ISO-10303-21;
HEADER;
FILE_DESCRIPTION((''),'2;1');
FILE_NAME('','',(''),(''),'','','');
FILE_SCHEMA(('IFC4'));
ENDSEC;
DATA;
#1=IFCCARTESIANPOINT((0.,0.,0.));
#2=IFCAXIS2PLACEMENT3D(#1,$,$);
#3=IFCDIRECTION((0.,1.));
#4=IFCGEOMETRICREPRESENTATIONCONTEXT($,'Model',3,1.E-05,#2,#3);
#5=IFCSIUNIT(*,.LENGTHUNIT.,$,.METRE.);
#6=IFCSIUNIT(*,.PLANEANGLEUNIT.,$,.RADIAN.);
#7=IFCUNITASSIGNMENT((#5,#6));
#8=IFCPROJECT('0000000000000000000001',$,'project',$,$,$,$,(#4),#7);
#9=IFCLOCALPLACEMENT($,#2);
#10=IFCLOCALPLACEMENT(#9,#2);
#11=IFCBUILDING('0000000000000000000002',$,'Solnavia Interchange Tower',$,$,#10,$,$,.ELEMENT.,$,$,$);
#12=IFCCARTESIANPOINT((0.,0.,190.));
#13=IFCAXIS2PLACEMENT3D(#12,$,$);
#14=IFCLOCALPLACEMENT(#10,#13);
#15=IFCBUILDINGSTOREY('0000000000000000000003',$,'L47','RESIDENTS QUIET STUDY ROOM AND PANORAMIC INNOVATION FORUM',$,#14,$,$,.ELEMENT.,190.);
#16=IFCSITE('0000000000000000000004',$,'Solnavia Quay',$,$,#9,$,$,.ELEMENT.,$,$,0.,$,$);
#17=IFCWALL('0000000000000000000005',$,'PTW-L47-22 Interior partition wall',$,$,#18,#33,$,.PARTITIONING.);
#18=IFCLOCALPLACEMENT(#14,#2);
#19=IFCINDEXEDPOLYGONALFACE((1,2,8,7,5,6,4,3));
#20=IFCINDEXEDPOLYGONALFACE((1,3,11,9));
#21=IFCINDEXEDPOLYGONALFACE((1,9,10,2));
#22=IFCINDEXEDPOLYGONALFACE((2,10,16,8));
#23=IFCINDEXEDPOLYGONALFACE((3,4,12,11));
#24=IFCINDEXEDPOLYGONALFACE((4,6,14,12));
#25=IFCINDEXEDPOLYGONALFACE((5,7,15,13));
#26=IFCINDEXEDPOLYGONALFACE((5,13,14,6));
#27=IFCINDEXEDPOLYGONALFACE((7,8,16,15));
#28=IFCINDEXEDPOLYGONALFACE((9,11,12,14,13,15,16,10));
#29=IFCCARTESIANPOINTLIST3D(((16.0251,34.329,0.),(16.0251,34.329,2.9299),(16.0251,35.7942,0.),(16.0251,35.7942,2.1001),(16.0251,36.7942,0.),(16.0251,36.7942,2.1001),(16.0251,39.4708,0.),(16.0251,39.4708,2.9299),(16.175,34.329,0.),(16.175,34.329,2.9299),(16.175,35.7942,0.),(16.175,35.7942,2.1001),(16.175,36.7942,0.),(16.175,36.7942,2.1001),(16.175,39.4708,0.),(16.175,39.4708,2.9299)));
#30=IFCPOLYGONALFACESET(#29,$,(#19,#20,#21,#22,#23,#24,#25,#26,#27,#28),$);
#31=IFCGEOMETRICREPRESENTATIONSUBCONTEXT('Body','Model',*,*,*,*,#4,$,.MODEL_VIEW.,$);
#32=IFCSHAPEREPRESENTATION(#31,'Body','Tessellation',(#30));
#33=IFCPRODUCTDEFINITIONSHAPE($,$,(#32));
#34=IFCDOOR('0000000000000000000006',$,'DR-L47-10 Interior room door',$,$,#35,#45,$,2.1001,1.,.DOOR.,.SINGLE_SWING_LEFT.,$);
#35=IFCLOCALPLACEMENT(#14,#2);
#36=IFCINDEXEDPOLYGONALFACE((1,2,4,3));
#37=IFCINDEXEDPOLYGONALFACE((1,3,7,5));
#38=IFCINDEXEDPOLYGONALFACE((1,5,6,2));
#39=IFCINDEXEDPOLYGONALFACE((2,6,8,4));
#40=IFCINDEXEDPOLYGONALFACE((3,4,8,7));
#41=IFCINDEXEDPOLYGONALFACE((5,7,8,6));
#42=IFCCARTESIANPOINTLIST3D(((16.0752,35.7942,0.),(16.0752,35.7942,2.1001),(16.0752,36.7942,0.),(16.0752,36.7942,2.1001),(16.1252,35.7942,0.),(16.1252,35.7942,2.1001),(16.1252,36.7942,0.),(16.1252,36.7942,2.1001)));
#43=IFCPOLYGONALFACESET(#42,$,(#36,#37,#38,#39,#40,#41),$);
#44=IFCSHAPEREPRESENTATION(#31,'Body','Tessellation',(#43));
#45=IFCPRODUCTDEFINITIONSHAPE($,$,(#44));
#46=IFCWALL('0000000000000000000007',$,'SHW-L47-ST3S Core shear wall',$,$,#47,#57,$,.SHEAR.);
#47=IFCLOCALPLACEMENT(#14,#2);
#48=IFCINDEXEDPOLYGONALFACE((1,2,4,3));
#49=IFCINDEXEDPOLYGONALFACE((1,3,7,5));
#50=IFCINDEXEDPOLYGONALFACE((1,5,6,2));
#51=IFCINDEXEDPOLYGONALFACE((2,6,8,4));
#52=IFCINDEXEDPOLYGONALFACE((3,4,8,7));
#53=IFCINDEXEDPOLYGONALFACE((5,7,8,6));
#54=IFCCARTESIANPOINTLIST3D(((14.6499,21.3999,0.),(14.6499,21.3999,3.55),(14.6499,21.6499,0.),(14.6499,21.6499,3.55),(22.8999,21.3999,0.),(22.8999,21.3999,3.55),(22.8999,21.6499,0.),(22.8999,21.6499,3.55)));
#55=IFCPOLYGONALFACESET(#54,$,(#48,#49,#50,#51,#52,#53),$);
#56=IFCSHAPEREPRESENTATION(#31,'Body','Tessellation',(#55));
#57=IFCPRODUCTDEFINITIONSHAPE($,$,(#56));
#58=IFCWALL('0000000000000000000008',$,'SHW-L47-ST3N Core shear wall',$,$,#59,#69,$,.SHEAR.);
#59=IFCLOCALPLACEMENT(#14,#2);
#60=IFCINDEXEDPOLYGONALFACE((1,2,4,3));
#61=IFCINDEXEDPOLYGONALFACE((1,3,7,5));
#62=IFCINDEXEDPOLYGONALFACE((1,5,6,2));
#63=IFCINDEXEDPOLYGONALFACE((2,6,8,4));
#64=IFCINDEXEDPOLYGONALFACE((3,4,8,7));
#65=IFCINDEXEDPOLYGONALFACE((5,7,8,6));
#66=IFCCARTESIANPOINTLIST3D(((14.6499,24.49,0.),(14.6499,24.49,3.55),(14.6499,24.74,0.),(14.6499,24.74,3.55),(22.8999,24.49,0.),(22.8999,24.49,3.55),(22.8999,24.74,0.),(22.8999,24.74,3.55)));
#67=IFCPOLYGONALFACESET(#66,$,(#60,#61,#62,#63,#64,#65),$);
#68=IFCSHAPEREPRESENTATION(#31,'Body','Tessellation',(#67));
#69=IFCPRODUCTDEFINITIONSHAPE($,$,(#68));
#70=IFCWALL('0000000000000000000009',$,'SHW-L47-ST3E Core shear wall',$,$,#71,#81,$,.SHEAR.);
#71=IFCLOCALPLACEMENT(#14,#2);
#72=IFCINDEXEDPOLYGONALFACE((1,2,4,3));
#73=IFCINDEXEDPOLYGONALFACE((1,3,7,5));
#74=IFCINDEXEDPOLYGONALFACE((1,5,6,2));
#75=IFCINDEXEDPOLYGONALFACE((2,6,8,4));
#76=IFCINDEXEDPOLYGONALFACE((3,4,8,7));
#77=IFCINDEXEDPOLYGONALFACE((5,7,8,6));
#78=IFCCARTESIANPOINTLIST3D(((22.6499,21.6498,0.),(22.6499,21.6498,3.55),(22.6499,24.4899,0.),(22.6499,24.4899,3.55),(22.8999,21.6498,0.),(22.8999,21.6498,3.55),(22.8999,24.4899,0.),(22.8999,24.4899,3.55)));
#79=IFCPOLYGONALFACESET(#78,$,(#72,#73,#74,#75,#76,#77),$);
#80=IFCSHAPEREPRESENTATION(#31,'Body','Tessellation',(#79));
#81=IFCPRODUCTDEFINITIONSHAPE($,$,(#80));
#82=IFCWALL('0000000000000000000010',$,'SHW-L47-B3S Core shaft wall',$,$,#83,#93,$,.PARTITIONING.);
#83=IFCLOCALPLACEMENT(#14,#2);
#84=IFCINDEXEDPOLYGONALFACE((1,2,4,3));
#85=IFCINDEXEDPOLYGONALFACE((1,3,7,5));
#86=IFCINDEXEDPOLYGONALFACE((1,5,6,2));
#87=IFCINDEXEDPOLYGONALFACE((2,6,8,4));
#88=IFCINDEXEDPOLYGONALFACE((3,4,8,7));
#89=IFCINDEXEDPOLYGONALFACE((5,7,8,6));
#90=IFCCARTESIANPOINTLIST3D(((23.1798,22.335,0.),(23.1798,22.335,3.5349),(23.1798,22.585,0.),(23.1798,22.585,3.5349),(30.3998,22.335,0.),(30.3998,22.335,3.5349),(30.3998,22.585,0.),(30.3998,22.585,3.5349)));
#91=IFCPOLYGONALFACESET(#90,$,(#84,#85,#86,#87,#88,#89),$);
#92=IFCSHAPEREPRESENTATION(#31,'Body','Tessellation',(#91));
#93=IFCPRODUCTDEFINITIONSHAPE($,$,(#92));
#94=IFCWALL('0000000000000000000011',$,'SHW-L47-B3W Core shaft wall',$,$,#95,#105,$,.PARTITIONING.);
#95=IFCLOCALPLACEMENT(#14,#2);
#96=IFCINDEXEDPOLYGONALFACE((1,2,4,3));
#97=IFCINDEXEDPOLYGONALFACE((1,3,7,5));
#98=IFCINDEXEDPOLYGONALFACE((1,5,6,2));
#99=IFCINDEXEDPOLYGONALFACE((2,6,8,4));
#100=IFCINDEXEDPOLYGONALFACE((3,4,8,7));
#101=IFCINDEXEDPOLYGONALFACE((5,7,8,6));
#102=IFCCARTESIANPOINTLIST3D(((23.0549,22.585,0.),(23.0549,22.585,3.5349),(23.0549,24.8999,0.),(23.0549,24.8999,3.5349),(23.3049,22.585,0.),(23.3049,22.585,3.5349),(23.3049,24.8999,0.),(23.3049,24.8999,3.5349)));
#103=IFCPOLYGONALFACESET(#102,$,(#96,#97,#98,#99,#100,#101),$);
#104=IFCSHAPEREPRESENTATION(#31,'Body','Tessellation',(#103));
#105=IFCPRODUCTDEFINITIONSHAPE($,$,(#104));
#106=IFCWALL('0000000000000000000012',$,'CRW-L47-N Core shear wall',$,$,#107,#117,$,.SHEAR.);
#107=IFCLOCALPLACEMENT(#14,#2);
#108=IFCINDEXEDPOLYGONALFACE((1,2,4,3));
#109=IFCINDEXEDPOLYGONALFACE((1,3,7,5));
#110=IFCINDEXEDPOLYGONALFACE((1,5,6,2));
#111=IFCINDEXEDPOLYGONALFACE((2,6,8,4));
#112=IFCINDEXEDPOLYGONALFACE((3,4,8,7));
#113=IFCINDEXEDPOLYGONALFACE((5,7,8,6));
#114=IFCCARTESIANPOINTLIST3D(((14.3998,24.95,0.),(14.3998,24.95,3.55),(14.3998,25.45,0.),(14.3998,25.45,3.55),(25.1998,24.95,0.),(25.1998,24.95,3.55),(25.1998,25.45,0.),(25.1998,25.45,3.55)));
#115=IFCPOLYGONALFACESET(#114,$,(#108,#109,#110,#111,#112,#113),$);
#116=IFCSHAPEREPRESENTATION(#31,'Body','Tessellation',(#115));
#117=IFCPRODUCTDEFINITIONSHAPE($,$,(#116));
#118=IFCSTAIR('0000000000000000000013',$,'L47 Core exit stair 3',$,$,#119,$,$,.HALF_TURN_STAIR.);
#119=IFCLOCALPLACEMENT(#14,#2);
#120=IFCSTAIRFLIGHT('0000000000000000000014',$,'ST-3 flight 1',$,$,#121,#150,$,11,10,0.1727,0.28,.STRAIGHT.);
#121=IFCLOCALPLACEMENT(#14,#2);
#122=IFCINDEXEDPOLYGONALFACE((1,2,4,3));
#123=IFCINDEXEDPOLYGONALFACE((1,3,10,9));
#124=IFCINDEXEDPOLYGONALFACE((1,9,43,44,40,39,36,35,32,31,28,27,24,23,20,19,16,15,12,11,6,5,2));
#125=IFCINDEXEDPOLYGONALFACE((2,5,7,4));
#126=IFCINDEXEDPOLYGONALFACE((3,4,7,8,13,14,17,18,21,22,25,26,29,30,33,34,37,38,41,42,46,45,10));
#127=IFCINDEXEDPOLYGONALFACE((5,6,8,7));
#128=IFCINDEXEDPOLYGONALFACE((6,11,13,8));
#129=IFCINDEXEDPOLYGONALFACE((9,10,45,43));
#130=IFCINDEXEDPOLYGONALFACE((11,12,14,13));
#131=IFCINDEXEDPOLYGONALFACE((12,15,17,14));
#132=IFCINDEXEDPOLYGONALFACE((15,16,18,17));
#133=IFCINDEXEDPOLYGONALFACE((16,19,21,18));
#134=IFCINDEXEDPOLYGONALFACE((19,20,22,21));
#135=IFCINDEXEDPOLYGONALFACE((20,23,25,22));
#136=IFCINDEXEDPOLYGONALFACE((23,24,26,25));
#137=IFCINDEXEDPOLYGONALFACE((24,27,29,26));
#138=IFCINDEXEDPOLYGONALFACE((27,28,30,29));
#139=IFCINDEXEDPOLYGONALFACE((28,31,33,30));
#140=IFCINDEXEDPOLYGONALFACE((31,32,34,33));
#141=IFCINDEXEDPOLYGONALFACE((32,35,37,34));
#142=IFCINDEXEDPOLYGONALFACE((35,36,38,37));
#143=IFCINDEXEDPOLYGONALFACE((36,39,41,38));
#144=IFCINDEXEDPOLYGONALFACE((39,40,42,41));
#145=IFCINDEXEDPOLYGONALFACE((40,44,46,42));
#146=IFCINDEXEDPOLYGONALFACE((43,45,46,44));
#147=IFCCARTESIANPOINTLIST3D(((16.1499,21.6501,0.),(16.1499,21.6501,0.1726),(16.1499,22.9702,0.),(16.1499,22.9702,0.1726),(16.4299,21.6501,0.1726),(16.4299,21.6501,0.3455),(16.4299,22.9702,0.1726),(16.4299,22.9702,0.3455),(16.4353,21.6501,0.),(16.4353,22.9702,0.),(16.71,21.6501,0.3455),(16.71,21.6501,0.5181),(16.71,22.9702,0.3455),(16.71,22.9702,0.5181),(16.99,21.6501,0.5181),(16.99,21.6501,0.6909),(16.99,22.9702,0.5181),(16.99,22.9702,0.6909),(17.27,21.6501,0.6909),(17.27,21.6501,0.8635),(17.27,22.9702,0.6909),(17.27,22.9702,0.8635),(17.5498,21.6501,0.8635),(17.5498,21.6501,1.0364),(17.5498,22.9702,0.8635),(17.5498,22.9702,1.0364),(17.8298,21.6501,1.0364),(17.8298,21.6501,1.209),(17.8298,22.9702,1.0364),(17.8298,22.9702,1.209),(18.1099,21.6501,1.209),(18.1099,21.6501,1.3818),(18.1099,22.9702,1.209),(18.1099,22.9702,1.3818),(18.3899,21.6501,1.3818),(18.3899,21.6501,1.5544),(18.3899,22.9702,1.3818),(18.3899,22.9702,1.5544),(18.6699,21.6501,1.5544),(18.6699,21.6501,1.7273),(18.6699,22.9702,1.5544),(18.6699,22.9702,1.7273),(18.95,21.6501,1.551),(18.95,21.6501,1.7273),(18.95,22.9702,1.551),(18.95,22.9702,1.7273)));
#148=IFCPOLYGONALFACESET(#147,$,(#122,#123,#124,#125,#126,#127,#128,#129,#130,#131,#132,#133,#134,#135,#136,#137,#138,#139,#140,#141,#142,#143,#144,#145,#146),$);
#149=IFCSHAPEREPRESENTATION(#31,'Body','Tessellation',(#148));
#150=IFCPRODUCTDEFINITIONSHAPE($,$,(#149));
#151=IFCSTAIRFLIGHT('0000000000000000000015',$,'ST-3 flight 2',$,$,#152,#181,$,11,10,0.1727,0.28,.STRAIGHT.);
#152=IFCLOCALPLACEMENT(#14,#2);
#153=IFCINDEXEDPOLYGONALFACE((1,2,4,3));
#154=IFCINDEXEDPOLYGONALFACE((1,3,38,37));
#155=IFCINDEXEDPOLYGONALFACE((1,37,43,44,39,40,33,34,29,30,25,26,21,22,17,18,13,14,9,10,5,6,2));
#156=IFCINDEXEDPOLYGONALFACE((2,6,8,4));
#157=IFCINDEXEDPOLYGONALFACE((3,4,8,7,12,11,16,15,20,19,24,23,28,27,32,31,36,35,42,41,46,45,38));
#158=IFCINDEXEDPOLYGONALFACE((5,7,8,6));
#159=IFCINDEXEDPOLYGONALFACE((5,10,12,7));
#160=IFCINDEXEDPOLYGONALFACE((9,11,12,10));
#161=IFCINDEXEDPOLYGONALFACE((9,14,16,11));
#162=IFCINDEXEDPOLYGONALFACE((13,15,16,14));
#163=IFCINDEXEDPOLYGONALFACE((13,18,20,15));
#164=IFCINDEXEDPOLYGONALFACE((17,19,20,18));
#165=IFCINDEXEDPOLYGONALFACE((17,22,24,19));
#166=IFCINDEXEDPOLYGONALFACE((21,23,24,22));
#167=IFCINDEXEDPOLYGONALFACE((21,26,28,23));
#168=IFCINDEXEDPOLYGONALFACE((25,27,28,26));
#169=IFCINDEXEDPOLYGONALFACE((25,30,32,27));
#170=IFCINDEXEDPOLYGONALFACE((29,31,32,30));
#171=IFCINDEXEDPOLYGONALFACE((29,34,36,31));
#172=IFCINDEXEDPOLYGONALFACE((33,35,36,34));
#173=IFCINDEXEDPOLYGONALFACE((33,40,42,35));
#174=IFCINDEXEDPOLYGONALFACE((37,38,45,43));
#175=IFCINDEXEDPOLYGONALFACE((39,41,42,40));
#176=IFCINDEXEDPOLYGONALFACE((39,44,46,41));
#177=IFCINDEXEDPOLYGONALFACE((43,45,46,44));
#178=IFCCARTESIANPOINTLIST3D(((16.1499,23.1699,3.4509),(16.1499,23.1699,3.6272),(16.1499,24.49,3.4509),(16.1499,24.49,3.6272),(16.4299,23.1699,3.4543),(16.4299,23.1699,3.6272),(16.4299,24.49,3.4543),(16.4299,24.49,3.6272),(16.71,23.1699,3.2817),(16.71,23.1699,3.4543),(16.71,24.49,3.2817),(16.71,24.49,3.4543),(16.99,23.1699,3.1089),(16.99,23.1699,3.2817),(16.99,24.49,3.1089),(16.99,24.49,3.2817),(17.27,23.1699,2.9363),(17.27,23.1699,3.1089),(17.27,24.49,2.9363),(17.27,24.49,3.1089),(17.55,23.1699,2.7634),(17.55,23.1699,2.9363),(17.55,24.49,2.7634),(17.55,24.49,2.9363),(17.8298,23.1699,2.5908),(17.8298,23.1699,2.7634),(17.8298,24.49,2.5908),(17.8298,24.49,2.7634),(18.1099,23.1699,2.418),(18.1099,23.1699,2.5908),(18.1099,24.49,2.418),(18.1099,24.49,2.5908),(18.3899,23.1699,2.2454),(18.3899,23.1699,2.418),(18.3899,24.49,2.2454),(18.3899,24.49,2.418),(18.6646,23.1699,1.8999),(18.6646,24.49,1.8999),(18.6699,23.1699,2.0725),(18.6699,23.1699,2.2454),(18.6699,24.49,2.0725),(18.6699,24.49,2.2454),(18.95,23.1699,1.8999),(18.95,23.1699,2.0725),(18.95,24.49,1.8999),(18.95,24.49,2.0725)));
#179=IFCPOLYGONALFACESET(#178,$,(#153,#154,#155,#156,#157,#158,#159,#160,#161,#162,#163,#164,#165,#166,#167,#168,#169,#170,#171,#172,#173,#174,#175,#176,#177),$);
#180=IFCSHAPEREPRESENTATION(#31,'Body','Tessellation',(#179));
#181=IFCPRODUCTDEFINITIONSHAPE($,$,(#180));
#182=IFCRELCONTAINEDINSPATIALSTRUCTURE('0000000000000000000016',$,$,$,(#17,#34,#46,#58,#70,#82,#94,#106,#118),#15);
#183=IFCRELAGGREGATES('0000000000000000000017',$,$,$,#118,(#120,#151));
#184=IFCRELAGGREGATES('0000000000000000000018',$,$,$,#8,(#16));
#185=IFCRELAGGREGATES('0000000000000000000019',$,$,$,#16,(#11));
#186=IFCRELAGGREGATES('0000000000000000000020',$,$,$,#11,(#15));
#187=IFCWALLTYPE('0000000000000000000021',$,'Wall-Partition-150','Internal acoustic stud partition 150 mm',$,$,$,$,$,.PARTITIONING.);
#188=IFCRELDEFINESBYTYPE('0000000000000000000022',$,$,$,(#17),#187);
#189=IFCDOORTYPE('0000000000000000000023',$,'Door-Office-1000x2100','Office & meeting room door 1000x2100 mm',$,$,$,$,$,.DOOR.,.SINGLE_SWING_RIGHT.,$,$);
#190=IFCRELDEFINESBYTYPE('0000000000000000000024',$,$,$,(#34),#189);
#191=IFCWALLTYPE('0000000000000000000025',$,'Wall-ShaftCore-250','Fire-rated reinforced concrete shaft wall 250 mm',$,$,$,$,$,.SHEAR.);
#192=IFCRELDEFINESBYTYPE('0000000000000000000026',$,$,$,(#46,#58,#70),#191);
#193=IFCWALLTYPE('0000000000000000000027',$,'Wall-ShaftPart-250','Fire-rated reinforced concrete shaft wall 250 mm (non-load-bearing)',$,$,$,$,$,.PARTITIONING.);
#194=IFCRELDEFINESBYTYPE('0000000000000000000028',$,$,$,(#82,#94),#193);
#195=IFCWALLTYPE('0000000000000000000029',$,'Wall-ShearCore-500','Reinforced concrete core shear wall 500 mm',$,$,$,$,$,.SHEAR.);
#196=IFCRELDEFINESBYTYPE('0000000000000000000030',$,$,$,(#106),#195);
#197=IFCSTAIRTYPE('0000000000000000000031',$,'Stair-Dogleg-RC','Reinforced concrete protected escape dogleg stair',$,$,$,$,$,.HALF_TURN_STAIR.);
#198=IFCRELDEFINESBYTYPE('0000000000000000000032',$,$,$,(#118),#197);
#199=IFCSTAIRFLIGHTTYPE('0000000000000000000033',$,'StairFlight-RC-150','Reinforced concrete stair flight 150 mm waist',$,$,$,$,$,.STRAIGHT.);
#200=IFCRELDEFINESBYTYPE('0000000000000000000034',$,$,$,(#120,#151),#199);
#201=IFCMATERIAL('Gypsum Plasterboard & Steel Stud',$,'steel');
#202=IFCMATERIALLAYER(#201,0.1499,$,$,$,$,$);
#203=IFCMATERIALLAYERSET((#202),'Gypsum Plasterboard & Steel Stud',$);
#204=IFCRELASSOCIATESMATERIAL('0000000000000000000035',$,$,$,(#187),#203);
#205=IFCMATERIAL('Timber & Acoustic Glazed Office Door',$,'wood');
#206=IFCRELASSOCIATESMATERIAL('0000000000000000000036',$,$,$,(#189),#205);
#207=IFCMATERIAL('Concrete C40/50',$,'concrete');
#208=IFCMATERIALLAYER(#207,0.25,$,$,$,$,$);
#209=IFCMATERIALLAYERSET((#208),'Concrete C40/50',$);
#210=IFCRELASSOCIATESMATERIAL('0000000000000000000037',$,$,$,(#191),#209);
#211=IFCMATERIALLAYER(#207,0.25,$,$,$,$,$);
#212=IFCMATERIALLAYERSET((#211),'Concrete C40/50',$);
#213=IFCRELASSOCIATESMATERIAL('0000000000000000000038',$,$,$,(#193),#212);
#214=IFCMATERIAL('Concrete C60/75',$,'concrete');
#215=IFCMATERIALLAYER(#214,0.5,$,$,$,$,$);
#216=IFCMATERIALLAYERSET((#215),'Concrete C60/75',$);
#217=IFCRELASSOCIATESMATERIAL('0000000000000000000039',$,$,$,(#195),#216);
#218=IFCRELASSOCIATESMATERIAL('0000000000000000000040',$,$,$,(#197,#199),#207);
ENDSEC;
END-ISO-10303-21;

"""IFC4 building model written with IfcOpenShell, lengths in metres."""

from ifc_helpers import new_model, si_unit, direction, frame, frame_2d, origin, place, context, subcontext, project, spatial, polyline, rectangle, outline, extrude, material, layer, layer_set, type_object, element, fill, aggregate, save


model = new_model("IFC4")

# Units and contexts
model_context = context("Model", 3, precision=1e-05, world=origin(), true_north=direction((0.0, 1.0)))
body_context = subcontext(model_context, "Body", "Model", "MODEL_VIEW")
ifc_project = project(units=[si_unit("LENGTHUNIT", "METRE"), si_unit("PLANEANGLEUNIT", "RADIAN")], contexts=[model_context])

# Site, building, storey
site_placement = place(None, origin())
site = spatial("IfcSite", under=ifc_project, at=site_placement, Name="Solnavia Quay", CompositionType="ELEMENT", RefElevation=0.0)
building_placement = place(site_placement, origin())
building = spatial("IfcBuilding", under=site, at=building_placement, Name="Solnavia Interchange Tower", CompositionType="ELEMENT")
storey_placement = place(building_placement, frame((0.0, 0.0, 190.0)))
storey = spatial("IfcBuildingStorey", under=building, at=storey_placement, Name="L47", Description="RESIDENTS QUIET STUDY ROOM AND PANORAMIC INNOVATION FORUM", CompositionType="ELEMENT", Elevation=190.0)

# Shared definitions
ifc_material_1 = material(Name="Concrete C40/50", Category="concrete")

# Shared definitions
ifc_material_2 = material(Name="Gypsum Plasterboard & Steel Stud", Category="steel")
ifc_layer_1 = layer(ifc_material_2, 0.1499)
ifc_layer_set_1 = layer_set([ifc_layer_1], Name="Gypsum Plasterboard & Steel Stud")
wall_type_1 = type_object("IfcWallType", Name="Wall-Partition-150", Description="Internal acoustic stud partition 150 mm", PredefinedType="PARTITIONING", material=ifc_layer_set_1)

# Wall, opening, door
ifc_material_3 = material(Name="Timber & Acoustic Glazed Office Door", Category="wood")
door_type = type_object("IfcDoorType", Name="Door-Office-1000x2100", Description="Office & meeting room door 1000x2100 mm", OperationType="SINGLE_SWING_RIGHT", PredefinedType="DOOR", material=ifc_material_3)
wall_1_placement = place(storey_placement, frame((16.1001, 34.3291, 0.0), z_axis=(0.0, 0.0, 1.0), x_axis=(0.0, 1.0, 0.0)))
wall_1 = element("IfcWall", 1, at=wall_1_placement, inside=storey, type_object=wall_type_1, Name="PTW-L47-22 Interior partition wall", PredefinedType="PARTITIONING", context=body_context, shape_type="SweptSolid", body=[
    extrude(rectangle(XDim=5.1418, YDim=0.1499, at=frame_2d((2.5708, 0.0))), origin(), (0.0, 0.0, 1.0), 2.9299),
])
opening_1_placement = place(wall_1_placement, frame((1.4651, 0.0, 0.0)))
opening_1 = element("IfcOpeningElement", 2, at=opening_1_placement, cuts=wall_1, PredefinedType="OPENING", context=body_context, shape_type="SweptSolid", body=[
    extrude(rectangle(XDim=1.0, YDim=2.1001, at=frame_2d((0.5, 1.05))), frame((0.0, 0.085, 0.0), z_axis=(0.0, -1.0, 0.0), x_axis=(1.0, 0.0, 0.0)), (0.0, 0.0, 1.0), 0.1699),
])
door_1_placement = place(opening_1_placement, origin())
door_1 = element("IfcDoor", 3, at=door_1_placement, inside=storey, type_object=door_type, Name="DR-L47-10 Interior room door", OperationType="SINGLE_SWING_LEFT", OverallHeight=2.1001, OverallWidth=1.0, PredefinedType="DOOR", context=body_context, shape_type="SweptSolid", body=[
    extrude(rectangle(XDim=1.0, YDim=2.1001, at=frame_2d((0.5, 1.05))), frame((0.0, 0.0249, 0.0), z_axis=(0.0, -1.0, 0.0), x_axis=(1.0, 0.0, 0.0)), (0.0, 0.0, 1.0), 0.05),
])
fill(opening_1, door_1)

# Walls
ifc_layer_2 = layer(ifc_material_1, 0.25)
ifc_layer_set_2 = layer_set([ifc_layer_2], Name="Concrete C40/50")
wall_type_2 = type_object("IfcWallType", Name="Wall-ShaftCore-250", Description="Fire-rated reinforced concrete shaft wall 250 mm", PredefinedType="SHEAR", material=ifc_layer_set_2)
for number, where, z_axis, x_axis, name in (
    (4, (14.6499, 21.5249, 0.0), (0.0, 0.0, 1.0), (1.0, 0.0, 0.0), "SHW-L47-ST3S Core shear wall"),
    (5, (14.6499, 24.615, 0.0), (0.0, 0.0, 1.0), (1.0, 0.0, 0.0), "SHW-L47-ST3N Core shear wall"),
):
    element("IfcWall", number, at=place(storey_placement, frame(where, z_axis=z_axis, x_axis=x_axis)), inside=storey, type_object=wall_type_2, Name=name, PredefinedType="SHEAR", context=body_context, shape_type="SweptSolid", body=[
        extrude(rectangle(XDim=8.25, YDim=0.25, at=frame_2d((4.125, 0.0))), origin(), (0.0, 0.0, 1.0), 3.55),
    ])
wall_2_placement = place(storey_placement, frame((22.7749, 21.6499, 0.0), z_axis=(0.0, 0.0, 1.0), x_axis=(0.0, 1.0, 0.0)))
element("IfcWall", 6, at=wall_2_placement, inside=storey, type_object=wall_type_2, Name="SHW-L47-ST3E Core shear wall", PredefinedType="SHEAR", context=body_context, shape_type="SweptSolid", body=[
    extrude(rectangle(XDim=2.8401, YDim=0.25, at=frame_2d((1.4199, 0.0))), origin(), (0.0, 0.0, 1.0), 3.55),
])
ifc_layer_3 = layer(ifc_material_1, 0.25)
ifc_layer_set_3 = layer_set([ifc_layer_3], Name="Concrete C40/50")
wall_type_3 = type_object("IfcWallType", Name="Wall-ShaftPart-250", Description="Fire-rated reinforced concrete shaft wall 250 mm (non-load-bearing)", PredefinedType="PARTITIONING", material=ifc_layer_set_3)
wall_3_placement = place(storey_placement, frame((23.1799, 22.46, 0.0), z_axis=(0.0, 0.0, 1.0), x_axis=(1.0, 0.0, 0.0)))
element("IfcWall", 7, at=wall_3_placement, inside=storey, type_object=wall_type_3, Name="SHW-L47-B3S Core shaft wall", PredefinedType="PARTITIONING", context=body_context, shape_type="SweptSolid", body=[
    extrude(rectangle(XDim=7.22, YDim=0.25, at=frame_2d((3.6099, 0.0))), origin(), (0.0, 0.0, 1.0), 3.5349),
])
wall_4_placement = place(storey_placement, frame((23.1799, 22.585, 0.0), z_axis=(0.0, 0.0, 1.0), x_axis=(0.0, 1.0, 0.0)))
element("IfcWall", 8, at=wall_4_placement, inside=storey, type_object=wall_type_3, Name="SHW-L47-B3W Core shaft wall", PredefinedType="PARTITIONING", context=body_context, shape_type="SweptSolid", body=[
    extrude(rectangle(XDim=2.3149, YDim=0.25, at=frame_2d((1.1575, 0.0))), origin(), (0.0, 0.0, 1.0), 3.5349),
])
ifc_material_4 = material(Name="Concrete C60/75", Category="concrete")
ifc_layer_4 = layer(ifc_material_4, 0.5)
ifc_layer_set_4 = layer_set([ifc_layer_4], Name="Concrete C60/75")
wall_type_4 = type_object("IfcWallType", Name="Wall-ShearCore-500", Description="Reinforced concrete core shear wall 500 mm", PredefinedType="SHEAR", material=ifc_layer_set_4)
wall_5_placement = place(storey_placement, frame((14.3999, 25.2, 0.0), z_axis=(0.0, 0.0, 1.0), x_axis=(1.0, 0.0, 0.0)))
element("IfcWall", 9, at=wall_5_placement, inside=storey, type_object=wall_type_4, Name="CRW-L47-N Core shear wall", PredefinedType="SHEAR", context=body_context, shape_type="SweptSolid", body=[
    extrude(rectangle(XDim=10.8, YDim=0.5, at=frame_2d((5.3999, 0.0))), origin(), (0.0, 0.0, 1.0), 3.55),
])

# Stair, stair flights
stair_type = type_object("IfcStairType", Name="Stair-Dogleg-RC", Description="Reinforced concrete protected escape dogleg stair", PredefinedType="HALF_TURN_STAIR", material=ifc_material_1)
stair_placement = place(storey_placement, origin())
stair = element("IfcStair", 10, at=stair_placement, inside=storey, type_object=stair_type, Name="L47 Core exit stair 3", PredefinedType="HALF_TURN_STAIR")
stair_flight_type = type_object("IfcStairFlightType", Name="StairFlight-RC-150", Description="Reinforced concrete stair flight 150 mm waist", PredefinedType="STRAIGHT", material=ifc_material_1)
stair_flight_1_placement = place(storey_placement, frame((16.1499, 22.3101, 0.0), z_axis=(0.0, 0.0, 1.0), x_axis=(1.0, 0.0, 0.0)))
stair_flight_1 = element("IfcStairFlight", 11, at=stair_flight_1_placement, type_object=stair_flight_type, Name="ST-3 flight 1", NumberOfRisers=11, NumberOfTreads=10, PredefinedType="STRAIGHT", RiserHeight=0.1727, TreadLength=0.28, context=body_context, shape_type="SweptSolid", body=[
    extrude(outline(polyline([(0.0, 0.0), (0.0, 0.1726), (0.28, 0.1726), (0.28, 0.3455), (0.5601, 0.3455), (0.5601, 0.5181), (0.8401, 0.5181), (0.8401, 0.6909), (1.1201, 0.6909), (1.1201, 0.8635), (1.3999, 0.8635), (1.3999, 1.0364), (1.6799, 1.0364), (1.6799, 1.209), (1.96, 1.209), (1.96, 1.3818), (2.24, 1.3818), (2.24, 1.5544), (2.52, 1.5544), (2.52, 1.7273), (2.8, 1.7273), (2.8, 1.8999), (2.8, 1.551), (0.2854, 0.0), (0.0, 0.0)])), frame((0.0, 0.6602, 0.0), z_axis=(0.0, -1.0, 0.0), x_axis=(1.0, 0.0, 0.0)), (0.0, 0.0, 1.0), 1.3201),
])
stair_flight_2_placement = place(storey_placement, frame((18.95, 23.8301, 1.8999), z_axis=(0.0, 0.0, 1.0), x_axis=(-1.0, 0.0, 0.0)))
stair_flight_2 = element("IfcStairFlight", 12, at=stair_flight_2_placement, type_object=stair_flight_type, Name="ST-3 flight 2", NumberOfRisers=11, NumberOfTreads=10, PredefinedType="STRAIGHT", RiserHeight=0.1727, TreadLength=0.28, context=body_context, shape_type="SweptSolid", body=[
    extrude(outline(polyline([(0.0, 0.0), (0.0, 0.1726), (0.28, 0.1726), (0.28, 0.3455), (0.5601, 0.3455), (0.5601, 0.5181), (0.8401, 0.5181), (0.8401, 0.6909), (1.1201, 0.6909), (1.1201, 0.8635), (1.3999, 0.8635), (1.3999, 1.0364), (1.6799, 1.0364), (1.6799, 1.209), (1.96, 1.209), (1.96, 1.3818), (2.24, 1.3818), (2.24, 1.5544), (2.52, 1.5544), (2.52, 1.7273), (2.8, 1.7273), (2.8, 1.8999), (2.8, 1.551), (0.2854, 0.0), (0.0, 0.0)])), frame((0.0, 0.6602, 0.0), z_axis=(0.0, -1.0, 0.0), x_axis=(1.0, 0.0, 0.0)), (0.0, 0.0, 1.0), 1.3201),
])
aggregate(stair, [stair_flight_1, stair_flight_2])

save(model, "model.ifc")
